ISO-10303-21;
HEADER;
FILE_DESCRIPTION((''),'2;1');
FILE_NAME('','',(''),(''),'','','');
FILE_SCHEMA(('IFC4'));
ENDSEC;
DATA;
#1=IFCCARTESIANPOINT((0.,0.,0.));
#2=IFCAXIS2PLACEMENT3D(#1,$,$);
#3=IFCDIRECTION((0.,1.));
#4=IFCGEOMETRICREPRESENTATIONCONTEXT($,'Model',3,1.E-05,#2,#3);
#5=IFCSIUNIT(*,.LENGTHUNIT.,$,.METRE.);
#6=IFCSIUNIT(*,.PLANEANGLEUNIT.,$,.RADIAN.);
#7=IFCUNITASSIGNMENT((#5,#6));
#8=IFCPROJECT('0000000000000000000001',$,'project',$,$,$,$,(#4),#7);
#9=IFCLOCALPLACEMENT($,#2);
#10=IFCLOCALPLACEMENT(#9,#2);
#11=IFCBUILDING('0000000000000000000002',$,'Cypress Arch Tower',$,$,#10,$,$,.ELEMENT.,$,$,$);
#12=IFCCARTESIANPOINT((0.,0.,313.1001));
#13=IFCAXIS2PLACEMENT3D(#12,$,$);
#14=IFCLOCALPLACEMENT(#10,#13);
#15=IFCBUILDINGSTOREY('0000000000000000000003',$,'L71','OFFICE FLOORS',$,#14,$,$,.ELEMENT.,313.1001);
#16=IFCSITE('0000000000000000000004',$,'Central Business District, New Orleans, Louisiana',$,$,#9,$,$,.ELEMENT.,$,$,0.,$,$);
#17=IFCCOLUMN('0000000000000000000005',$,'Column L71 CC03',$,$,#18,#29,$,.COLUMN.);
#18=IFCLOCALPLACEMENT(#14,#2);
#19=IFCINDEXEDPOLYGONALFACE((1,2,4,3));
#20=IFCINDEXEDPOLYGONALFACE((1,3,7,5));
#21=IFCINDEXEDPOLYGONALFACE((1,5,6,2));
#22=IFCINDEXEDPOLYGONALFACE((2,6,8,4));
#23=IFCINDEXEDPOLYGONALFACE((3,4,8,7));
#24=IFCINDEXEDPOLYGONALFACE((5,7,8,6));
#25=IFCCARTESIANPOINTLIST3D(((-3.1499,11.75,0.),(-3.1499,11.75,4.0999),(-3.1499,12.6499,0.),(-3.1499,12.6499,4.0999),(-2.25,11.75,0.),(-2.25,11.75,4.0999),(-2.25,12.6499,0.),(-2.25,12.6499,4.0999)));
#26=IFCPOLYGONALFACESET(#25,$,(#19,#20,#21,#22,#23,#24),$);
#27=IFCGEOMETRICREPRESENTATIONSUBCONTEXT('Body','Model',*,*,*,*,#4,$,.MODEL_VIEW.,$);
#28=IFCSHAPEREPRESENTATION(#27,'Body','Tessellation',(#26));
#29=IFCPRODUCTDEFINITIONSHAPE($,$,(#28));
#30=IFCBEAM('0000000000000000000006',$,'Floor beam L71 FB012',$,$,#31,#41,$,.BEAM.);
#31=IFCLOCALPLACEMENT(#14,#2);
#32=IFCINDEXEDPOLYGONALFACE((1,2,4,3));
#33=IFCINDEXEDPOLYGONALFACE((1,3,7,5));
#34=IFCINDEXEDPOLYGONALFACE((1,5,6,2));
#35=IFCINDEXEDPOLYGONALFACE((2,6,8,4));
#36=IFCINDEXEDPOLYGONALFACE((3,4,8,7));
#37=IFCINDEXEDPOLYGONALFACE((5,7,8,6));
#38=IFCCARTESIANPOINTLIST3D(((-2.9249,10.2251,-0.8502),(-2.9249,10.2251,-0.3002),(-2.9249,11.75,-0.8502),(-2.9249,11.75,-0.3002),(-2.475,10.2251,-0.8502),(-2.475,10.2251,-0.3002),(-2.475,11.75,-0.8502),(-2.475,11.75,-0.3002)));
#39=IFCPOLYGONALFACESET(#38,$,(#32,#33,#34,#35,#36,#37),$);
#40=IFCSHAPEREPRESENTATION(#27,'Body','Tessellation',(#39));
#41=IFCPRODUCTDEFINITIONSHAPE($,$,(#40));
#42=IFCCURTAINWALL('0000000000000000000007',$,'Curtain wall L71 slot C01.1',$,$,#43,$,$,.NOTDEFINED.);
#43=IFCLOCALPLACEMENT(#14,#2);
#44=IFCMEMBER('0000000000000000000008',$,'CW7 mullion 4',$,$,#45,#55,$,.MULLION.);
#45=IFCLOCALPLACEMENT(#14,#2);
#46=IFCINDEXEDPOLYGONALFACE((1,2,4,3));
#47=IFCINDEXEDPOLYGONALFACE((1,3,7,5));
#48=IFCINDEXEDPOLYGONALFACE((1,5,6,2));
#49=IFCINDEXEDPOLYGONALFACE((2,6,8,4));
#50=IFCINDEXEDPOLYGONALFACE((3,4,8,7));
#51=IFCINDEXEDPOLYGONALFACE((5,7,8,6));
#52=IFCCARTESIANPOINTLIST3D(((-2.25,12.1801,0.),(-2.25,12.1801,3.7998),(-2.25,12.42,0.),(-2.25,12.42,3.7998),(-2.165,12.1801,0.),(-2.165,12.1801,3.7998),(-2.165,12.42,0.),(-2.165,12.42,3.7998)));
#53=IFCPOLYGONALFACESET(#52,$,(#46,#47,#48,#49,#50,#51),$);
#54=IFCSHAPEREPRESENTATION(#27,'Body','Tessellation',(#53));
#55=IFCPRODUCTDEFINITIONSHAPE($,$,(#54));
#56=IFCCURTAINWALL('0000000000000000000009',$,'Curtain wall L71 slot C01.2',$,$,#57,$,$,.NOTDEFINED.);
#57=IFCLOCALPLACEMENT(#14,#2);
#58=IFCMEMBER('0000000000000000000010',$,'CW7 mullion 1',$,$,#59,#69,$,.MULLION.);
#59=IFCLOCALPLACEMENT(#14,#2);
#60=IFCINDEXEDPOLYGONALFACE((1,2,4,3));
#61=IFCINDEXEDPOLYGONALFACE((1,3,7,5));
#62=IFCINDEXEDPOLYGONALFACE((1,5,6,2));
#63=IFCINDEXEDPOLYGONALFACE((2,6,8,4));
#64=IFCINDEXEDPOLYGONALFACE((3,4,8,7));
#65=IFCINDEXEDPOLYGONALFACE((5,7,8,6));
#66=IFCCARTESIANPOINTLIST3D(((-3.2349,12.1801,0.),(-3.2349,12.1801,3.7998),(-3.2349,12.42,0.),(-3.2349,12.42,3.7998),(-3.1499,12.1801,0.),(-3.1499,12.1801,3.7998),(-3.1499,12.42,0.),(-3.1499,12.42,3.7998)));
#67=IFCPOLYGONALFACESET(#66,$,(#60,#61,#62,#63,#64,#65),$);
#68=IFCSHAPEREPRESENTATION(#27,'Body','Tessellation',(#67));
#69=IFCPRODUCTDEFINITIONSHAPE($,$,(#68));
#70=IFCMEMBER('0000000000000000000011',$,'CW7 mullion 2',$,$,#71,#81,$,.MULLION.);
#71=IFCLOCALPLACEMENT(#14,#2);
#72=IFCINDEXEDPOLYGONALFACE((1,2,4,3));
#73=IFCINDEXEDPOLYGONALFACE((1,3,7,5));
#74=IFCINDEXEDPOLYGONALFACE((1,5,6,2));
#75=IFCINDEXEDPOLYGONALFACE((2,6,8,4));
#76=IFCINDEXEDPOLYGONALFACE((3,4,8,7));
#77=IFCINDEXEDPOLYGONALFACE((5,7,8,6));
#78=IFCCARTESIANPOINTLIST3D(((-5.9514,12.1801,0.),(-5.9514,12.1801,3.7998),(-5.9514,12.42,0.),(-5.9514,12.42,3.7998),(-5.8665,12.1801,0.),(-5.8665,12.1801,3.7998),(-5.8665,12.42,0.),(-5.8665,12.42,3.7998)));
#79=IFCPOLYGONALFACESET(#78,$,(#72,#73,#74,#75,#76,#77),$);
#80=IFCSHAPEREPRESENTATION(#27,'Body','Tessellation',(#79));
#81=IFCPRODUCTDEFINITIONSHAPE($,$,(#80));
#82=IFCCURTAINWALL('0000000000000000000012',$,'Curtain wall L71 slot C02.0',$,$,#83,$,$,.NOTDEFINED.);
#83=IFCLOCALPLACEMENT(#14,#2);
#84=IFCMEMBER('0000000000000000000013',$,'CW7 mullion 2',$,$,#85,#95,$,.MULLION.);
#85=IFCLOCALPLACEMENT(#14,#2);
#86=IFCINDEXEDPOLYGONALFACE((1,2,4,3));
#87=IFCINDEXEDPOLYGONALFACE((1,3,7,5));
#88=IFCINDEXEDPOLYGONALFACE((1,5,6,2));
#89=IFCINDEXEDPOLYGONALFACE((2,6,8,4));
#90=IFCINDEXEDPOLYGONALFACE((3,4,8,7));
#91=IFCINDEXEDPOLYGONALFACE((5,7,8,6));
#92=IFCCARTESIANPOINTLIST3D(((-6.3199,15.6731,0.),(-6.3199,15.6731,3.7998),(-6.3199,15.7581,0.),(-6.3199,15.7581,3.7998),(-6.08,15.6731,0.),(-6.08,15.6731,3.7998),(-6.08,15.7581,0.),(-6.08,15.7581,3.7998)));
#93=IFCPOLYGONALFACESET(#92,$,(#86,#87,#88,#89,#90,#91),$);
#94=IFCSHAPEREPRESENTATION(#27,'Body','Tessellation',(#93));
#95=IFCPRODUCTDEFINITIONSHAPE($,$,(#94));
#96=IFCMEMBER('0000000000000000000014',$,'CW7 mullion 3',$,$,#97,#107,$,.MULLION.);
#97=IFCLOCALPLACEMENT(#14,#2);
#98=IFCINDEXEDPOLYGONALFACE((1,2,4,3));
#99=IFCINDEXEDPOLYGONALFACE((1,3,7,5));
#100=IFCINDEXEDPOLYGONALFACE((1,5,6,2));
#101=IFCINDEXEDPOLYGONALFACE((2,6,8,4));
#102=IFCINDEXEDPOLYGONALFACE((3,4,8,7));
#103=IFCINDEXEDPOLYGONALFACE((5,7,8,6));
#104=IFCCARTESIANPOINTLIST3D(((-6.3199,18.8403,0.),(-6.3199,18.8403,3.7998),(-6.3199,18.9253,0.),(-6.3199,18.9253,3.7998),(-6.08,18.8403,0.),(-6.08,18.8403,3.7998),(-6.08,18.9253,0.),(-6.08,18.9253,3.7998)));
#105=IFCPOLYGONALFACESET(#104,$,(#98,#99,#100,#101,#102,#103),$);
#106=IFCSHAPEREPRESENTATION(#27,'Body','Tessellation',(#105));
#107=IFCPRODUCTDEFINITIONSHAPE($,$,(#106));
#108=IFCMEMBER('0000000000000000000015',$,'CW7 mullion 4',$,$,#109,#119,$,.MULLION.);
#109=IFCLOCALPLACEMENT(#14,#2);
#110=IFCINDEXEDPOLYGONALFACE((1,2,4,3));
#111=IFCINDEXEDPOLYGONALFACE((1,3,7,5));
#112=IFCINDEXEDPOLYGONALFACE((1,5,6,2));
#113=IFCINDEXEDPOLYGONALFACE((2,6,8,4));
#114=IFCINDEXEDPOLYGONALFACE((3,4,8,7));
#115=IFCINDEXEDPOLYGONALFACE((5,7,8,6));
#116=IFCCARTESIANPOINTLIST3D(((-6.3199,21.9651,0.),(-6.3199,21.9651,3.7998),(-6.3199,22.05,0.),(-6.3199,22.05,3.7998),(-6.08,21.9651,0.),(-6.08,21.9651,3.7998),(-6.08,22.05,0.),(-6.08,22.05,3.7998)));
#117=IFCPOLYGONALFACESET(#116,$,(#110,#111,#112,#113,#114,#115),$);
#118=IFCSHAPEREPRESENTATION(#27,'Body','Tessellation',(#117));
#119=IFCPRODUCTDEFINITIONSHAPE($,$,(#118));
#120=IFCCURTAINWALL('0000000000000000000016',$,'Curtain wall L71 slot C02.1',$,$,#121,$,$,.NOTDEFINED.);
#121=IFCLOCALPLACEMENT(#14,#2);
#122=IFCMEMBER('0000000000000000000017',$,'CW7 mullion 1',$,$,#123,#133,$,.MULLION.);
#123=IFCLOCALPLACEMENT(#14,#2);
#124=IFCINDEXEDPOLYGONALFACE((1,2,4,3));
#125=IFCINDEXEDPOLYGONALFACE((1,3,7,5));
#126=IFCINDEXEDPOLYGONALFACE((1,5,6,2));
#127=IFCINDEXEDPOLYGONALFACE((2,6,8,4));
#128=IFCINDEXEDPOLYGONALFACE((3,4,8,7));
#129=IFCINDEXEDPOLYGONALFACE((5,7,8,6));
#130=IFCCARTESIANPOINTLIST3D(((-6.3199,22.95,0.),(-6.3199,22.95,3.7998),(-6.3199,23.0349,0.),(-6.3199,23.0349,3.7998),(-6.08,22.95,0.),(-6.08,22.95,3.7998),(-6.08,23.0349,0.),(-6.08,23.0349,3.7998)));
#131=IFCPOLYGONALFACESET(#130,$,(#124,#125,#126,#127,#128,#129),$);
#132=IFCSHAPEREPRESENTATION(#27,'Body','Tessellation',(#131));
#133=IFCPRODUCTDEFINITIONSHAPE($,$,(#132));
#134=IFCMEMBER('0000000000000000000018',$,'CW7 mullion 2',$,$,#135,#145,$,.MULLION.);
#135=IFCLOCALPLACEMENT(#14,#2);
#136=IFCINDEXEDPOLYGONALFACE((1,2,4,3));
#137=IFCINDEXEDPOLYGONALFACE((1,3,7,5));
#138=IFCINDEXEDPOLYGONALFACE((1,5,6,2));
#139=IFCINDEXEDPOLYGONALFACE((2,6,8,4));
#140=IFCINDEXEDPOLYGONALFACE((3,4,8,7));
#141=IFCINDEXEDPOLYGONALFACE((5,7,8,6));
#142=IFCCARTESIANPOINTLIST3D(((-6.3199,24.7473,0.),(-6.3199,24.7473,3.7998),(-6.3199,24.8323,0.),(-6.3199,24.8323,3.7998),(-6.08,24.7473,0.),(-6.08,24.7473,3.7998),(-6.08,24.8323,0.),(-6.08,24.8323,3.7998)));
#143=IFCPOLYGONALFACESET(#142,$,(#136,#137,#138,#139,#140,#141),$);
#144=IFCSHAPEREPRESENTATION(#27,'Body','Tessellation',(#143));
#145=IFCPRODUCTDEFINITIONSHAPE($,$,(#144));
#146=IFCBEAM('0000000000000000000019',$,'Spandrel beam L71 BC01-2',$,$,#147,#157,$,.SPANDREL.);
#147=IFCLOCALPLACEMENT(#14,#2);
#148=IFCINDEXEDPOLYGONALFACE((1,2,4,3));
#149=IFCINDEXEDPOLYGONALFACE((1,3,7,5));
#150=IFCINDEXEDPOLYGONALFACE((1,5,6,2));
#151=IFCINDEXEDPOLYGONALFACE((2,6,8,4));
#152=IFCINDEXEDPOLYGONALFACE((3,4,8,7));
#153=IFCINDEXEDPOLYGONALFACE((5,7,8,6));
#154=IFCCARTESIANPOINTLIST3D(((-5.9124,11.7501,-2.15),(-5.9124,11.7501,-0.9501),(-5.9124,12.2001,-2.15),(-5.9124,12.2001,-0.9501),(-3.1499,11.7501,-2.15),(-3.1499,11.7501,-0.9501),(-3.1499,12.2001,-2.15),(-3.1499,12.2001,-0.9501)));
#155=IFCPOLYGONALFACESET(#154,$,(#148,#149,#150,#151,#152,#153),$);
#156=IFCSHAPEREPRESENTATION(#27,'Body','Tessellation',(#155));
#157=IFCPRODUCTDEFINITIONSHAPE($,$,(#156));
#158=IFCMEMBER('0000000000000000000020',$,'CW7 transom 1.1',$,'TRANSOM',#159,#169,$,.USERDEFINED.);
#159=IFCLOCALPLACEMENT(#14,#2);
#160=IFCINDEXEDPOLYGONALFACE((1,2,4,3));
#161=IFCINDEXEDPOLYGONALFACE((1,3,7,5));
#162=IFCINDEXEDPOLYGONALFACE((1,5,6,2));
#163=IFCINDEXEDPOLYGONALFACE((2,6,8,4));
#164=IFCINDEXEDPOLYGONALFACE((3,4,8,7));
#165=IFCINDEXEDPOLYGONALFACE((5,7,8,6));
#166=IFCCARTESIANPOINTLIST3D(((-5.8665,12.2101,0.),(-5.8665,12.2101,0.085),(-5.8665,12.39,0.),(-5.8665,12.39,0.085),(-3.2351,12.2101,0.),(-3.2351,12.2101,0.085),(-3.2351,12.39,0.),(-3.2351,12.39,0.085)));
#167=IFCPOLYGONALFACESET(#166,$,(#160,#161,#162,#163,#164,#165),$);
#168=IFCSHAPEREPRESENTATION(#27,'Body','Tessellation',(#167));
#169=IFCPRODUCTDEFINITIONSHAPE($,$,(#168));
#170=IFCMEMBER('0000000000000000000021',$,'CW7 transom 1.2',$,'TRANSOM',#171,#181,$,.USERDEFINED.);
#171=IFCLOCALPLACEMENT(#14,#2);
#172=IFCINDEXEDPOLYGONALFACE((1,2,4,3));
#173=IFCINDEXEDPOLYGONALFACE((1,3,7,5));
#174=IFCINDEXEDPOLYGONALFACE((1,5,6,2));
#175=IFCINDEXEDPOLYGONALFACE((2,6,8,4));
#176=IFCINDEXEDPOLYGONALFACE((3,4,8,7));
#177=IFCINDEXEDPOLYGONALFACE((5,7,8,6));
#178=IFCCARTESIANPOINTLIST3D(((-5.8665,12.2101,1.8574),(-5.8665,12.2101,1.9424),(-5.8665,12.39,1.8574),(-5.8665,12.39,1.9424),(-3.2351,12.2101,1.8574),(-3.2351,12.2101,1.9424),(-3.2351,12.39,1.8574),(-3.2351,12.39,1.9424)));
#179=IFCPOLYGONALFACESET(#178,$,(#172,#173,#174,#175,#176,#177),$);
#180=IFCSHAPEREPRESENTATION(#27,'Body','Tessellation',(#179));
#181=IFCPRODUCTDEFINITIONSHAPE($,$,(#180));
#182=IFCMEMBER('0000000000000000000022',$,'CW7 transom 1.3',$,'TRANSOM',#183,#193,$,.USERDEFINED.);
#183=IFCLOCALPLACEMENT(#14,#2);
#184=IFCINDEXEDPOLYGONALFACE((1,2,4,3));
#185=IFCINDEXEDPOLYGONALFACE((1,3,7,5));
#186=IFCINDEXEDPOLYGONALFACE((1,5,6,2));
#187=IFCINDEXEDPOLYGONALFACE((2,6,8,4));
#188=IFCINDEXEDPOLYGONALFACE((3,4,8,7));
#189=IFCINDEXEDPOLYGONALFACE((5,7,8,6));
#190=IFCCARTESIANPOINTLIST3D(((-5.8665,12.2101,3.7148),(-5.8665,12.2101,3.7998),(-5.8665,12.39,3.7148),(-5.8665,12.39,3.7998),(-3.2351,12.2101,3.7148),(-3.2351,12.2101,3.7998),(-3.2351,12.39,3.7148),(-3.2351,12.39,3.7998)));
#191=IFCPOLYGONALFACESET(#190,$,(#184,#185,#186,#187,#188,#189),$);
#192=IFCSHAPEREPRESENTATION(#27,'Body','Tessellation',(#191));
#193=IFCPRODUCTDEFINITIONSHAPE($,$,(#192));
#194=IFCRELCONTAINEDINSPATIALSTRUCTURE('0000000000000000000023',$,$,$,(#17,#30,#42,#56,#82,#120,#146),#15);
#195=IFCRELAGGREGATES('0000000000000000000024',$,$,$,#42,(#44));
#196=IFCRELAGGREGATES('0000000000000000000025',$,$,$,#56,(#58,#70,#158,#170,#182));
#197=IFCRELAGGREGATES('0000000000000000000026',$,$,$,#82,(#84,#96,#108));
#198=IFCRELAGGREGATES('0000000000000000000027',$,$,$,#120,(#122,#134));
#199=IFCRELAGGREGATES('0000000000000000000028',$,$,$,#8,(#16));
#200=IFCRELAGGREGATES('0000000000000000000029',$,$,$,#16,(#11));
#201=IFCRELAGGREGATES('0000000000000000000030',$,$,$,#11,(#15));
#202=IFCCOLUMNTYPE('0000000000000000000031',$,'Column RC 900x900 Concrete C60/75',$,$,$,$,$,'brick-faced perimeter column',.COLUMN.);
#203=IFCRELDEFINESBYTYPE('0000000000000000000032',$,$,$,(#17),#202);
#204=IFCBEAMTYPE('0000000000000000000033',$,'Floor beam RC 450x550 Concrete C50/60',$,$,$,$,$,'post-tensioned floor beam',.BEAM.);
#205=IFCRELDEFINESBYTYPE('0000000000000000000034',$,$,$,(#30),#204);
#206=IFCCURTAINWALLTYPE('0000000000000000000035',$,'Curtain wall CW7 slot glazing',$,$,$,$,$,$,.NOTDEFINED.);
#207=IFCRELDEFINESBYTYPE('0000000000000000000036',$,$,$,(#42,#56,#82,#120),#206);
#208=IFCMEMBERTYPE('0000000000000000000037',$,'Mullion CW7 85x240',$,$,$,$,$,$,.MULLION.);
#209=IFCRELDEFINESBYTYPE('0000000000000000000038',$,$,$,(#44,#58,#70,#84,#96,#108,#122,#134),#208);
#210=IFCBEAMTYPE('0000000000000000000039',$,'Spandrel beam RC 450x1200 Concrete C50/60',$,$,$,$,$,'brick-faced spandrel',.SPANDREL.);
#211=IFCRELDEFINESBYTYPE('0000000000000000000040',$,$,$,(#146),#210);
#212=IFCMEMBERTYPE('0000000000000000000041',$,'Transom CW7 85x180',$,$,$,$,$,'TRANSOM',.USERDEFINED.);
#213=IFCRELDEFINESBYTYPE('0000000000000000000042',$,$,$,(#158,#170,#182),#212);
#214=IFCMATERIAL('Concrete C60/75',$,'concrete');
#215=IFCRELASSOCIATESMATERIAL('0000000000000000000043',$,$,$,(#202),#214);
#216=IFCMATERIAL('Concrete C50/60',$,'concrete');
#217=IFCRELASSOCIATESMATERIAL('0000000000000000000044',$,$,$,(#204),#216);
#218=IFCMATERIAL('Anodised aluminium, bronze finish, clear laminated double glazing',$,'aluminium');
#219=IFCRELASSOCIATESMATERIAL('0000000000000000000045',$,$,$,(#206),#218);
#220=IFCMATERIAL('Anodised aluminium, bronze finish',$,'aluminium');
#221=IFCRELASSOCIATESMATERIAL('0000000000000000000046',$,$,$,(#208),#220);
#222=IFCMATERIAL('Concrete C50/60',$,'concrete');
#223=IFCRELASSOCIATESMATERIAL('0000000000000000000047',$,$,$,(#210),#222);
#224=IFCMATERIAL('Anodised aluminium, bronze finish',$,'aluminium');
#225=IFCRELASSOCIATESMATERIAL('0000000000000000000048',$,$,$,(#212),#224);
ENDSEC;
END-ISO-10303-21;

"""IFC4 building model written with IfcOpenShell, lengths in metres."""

from ifc_helpers import new_model, si_unit, direction, frame, origin, origin_2d, place, context, subcontext, project, spatial, rectangle, extrude, material, material_profile, profile_set, type_object, element, aggregate, save


model = new_model("IFC4")

# Units and contexts
model_context = context("Model", 3, precision=1e-05, world=origin(), true_north=direction((0.0, 1.0)))
body_context = subcontext(model_context, "Body", "Model", "MODEL_VIEW")
ifc_project = project(units=[si_unit("LENGTHUNIT", "METRE"), si_unit("PLANEANGLEUNIT", "RADIAN")], contexts=[model_context])

# Site, building, storey
site_placement = place(None, origin())
site = spatial("IfcSite", under=ifc_project, at=site_placement, Name="Central Business District, New Orleans, Louisiana", CompositionType="ELEMENT", RefElevation=0.0)
building_placement = place(site_placement, origin())
building = spatial("IfcBuilding", under=site, at=building_placement, Name="Cypress Arch Tower", CompositionType="ELEMENT")
storey_placement = place(building_placement, frame((0.0, 0.0, 313.1001)))
storey = spatial("IfcBuildingStorey", under=building, at=storey_placement, Name="L71", Description="OFFICE FLOORS", CompositionType="ELEMENT", Elevation=313.1001)

# Column
ifc_material_1 = material(Name="Concrete C60/75", Category="concrete")
ifc_material_profile_1 = material_profile(ifc_material_1, rectangle(XDim=0.8999, YDim=0.8999, at=origin_2d()), Name="RC 900x900")
ifc_profile_set_1 = profile_set([ifc_material_profile_1], Name="Concrete C60/75")
column_type = type_object("IfcColumnType", Name="Column RC 900x900 Concrete C60/75", ElementType="brick-faced perimeter column", PredefinedType="COLUMN", material=ifc_profile_set_1)
column_placement = place(storey_placement, frame((-2.7, 12.2, 0.0), z_axis=(0.0, 0.0, 1.0), x_axis=(-1.0, 0.0, 0.0)))
element("IfcColumn", 1, at=column_placement, inside=storey, type_object=column_type, Name="Column L71 CC03", PredefinedType="COLUMN", context=body_context, shape_type="SweptSolid", body=[
    extrude(rectangle(XDim=0.8999, YDim=0.8999, at=origin_2d()), origin(), (0.0, 0.0, 1.0), 4.0999),
])

# Beam
ifc_material_2 = material(Name="Concrete C50/60", Category="concrete")
ifc_material_profile_2 = material_profile(ifc_material_2, rectangle(XDim=0.45, YDim=0.55, at=origin_2d()), Name="RC 450x550")
ifc_profile_set_2 = profile_set([ifc_material_profile_2], Name="Concrete C50/60")
beam_type_1 = type_object("IfcBeamType", Name="Floor beam RC 450x550 Concrete C50/60", ElementType="post-tensioned floor beam", PredefinedType="BEAM", material=ifc_profile_set_2)
beam_1_placement = place(storey_placement, frame((-2.7, 10.2251, -0.5752), z_axis=(0.0, 1.0, 0.0), x_axis=(-1.0, 0.0, 0.0)))
element("IfcBeam", 2, at=beam_1_placement, inside=storey, type_object=beam_type_1, Name="Floor beam L71 FB012", PredefinedType="BEAM", context=body_context, shape_type="SweptSolid", body=[
    extrude(rectangle(XDim=0.45, YDim=0.55, at=origin_2d()), origin(), (0.0, 0.0, 1.0), 1.5249),
])

# Curtain wall, member
ifc_material_3 = material(Name="Anodised aluminium, bronze finish, clear laminated double glazing", Category="aluminium")
curtain_wall_type = type_object("IfcCurtainWallType", Name="Curtain wall CW7 slot glazing", PredefinedType="NOTDEFINED", material=ifc_material_3)
curtain_wall_1_placement = place(storey_placement, origin())
curtain_wall_1 = element("IfcCurtainWall", 3, at=curtain_wall_1_placement, inside=storey, type_object=curtain_wall_type, Name="Curtain wall L71 slot C01.1", PredefinedType="NOTDEFINED")
ifc_material_4 = material(Name="Anodised aluminium, bronze finish", Category="aluminium")
ifc_material_profile_3 = material_profile(ifc_material_4, rectangle(XDim=0.24, YDim=0.085, at=origin_2d()), Name="Mullion 85x240")
ifc_profile_set_3 = profile_set([ifc_material_profile_3], Name="Anodised aluminium, bronze finish")
member_type_1 = type_object("IfcMemberType", Name="Mullion CW7 85x240", PredefinedType="MULLION", material=ifc_profile_set_3)
member_1_placement = place(storey_placement, frame((-2.2075, 12.3, 0.0), z_axis=(0.0, 0.0, 1.0), x_axis=(0.0, -1.0, 0.0)))
member_1 = element("IfcMember", 4, at=member_1_placement, type_object=member_type_1, Name="CW7 mullion 4", PredefinedType="MULLION", context=body_context, shape_type="SweptSolid", body=[
    extrude(rectangle(XDim=0.24, YDim=0.085, at=origin_2d()), origin(), (0.0, 0.0, 1.0), 3.7998),
])

# Curtain walls, members
curtain_wall_2_placement = place(storey_placement, origin())
curtain_wall_2 = element("IfcCurtainWall", 5, at=curtain_wall_2_placement, inside=storey, type_object=curtain_wall_type, Name="Curtain wall L71 slot C01.2", PredefinedType="NOTDEFINED")
member_2_placement = place(storey_placement, frame((-3.1924, 12.3, 0.0), z_axis=(0.0, 0.0, 1.0), x_axis=(0.0, -1.0, 0.0)))
member_2 = element("IfcMember", 6, at=member_2_placement, type_object=member_type_1, Name="CW7 mullion 1", PredefinedType="MULLION", context=body_context, shape_type="SweptSolid", body=[
    extrude(rectangle(XDim=0.24, YDim=0.085, at=origin_2d()), origin(), (0.0, 0.0, 1.0), 3.7998),
])
member_3_placement = place(storey_placement, frame((-5.9089, 12.3, 0.0), z_axis=(0.0, 0.0, 1.0), x_axis=(0.0, -1.0, 0.0)))
member_3 = element("IfcMember", 7, at=member_3_placement, type_object=member_type_1, Name="CW7 mullion 2", PredefinedType="MULLION", context=body_context, shape_type="SweptSolid", body=[
    extrude(rectangle(XDim=0.24, YDim=0.085, at=origin_2d()), origin(), (0.0, 0.0, 1.0), 3.7998),
])
curtain_wall_3_placement = place(storey_placement, origin())
curtain_wall_3 = element("IfcCurtainWall", 8, at=curtain_wall_3_placement, inside=storey, type_object=curtain_wall_type, Name="Curtain wall L71 slot C02.0", PredefinedType="NOTDEFINED")
member_4_placement = place(storey_placement, frame((-6.2, 15.7156, 0.0), z_axis=(0.0, 0.0, 1.0), x_axis=(-1.0, 0.0, 0.0)))
member_4 = element("IfcMember", 9, at=member_4_placement, type_object=member_type_1, Name="CW7 mullion 2", PredefinedType="MULLION", context=body_context, shape_type="SweptSolid", body=[
    extrude(rectangle(XDim=0.24, YDim=0.085, at=origin_2d()), origin(), (0.0, 0.0, 1.0), 3.7998),
])
member_5_placement = place(storey_placement, frame((-6.2, 18.8828, 0.0), z_axis=(0.0, 0.0, 1.0), x_axis=(-1.0, 0.0, 0.0)))
member_5 = element("IfcMember", 10, at=member_5_placement, type_object=member_type_1, Name="CW7 mullion 3", PredefinedType="MULLION", context=body_context, shape_type="SweptSolid", body=[
    extrude(rectangle(XDim=0.24, YDim=0.085, at=origin_2d()), origin(), (0.0, 0.0, 1.0), 3.7998),
])
member_6_placement = place(storey_placement, frame((-6.2, 22.0076, 0.0), z_axis=(0.0, 0.0, 1.0), x_axis=(-1.0, 0.0, 0.0)))
member_6 = element("IfcMember", 11, at=member_6_placement, type_object=member_type_1, Name="CW7 mullion 4", PredefinedType="MULLION", context=body_context, shape_type="SweptSolid", body=[
    extrude(rectangle(XDim=0.24, YDim=0.085, at=origin_2d()), origin(), (0.0, 0.0, 1.0), 3.7998),
])
curtain_wall_4_placement = place(storey_placement, origin())
curtain_wall_4 = element("IfcCurtainWall", 12, at=curtain_wall_4_placement, inside=storey, type_object=curtain_wall_type, Name="Curtain wall L71 slot C02.1", PredefinedType="NOTDEFINED")
member_7_placement = place(storey_placement, frame((-6.2, 22.9924, 0.0), z_axis=(0.0, 0.0, 1.0), x_axis=(-1.0, 0.0, 0.0)))
member_7 = element("IfcMember", 13, at=member_7_placement, type_object=member_type_1, Name="CW7 mullion 1", PredefinedType="MULLION", context=body_context, shape_type="SweptSolid", body=[
    extrude(rectangle(XDim=0.24, YDim=0.085, at=origin_2d()), origin(), (0.0, 0.0, 1.0), 3.7998),
])
member_8_placement = place(storey_placement, frame((-6.2, 24.7898, 0.0), z_axis=(0.0, 0.0, 1.0), x_axis=(-1.0, 0.0, 0.0)))
member_8 = element("IfcMember", 14, at=member_8_placement, type_object=member_type_1, Name="CW7 mullion 2", PredefinedType="MULLION", context=body_context, shape_type="SweptSolid", body=[
    extrude(rectangle(XDim=0.24, YDim=0.085, at=origin_2d()), origin(), (0.0, 0.0, 1.0), 3.7998),
])

# Beam
ifc_material_5 = material(Name="Concrete C50/60", Category="concrete")
ifc_material_profile_4 = material_profile(ifc_material_5, rectangle(XDim=0.45, YDim=1.2, at=origin_2d()), Name="RC 450x1200")
ifc_profile_set_4 = profile_set([ifc_material_profile_4], Name="Concrete C50/60")
beam_type_2 = type_object("IfcBeamType", Name="Spandrel beam RC 450x1200 Concrete C50/60", ElementType="brick-faced spandrel", PredefinedType="SPANDREL", material=ifc_profile_set_4)
beam_2_placement = place(storey_placement, frame((-3.1499, 11.9751, -1.55), z_axis=(-1.0, 0.0, 0.0), x_axis=(0.0, -1.0, 0.0)))
element("IfcBeam", 15, at=beam_2_placement, inside=storey, type_object=beam_type_2, Name="Spandrel beam L71 BC01-2", PredefinedType="SPANDREL", context=body_context, shape_type="SweptSolid", body=[
    extrude(rectangle(XDim=0.45, YDim=1.2, at=origin_2d()), origin(), (0.0, 0.0, 1.0), 2.7625),
])

# Members
ifc_material_6 = material(Name="Anodised aluminium, bronze finish", Category="aluminium")
ifc_material_profile_5 = material_profile(ifc_material_6, rectangle(XDim=0.1799, YDim=0.085, at=origin_2d()), Name="Transom 85x180")
ifc_profile_set_5 = profile_set([ifc_material_profile_5], Name="Anodised aluminium, bronze finish")
member_type_2 = type_object("IfcMemberType", Name="Transom CW7 85x180", ElementType="TRANSOM", PredefinedType="USERDEFINED", material=ifc_profile_set_5)
member_9_placement = place(storey_placement, frame((-3.2351, 12.3, 0.0425), z_axis=(-1.0, 0.0, 0.0), x_axis=(0.0, -1.0, 0.0)))
member_9 = element("IfcMember", 16, at=member_9_placement, type_object=member_type_2, Name="CW7 transom 1.1", ObjectType="TRANSOM", PredefinedType="USERDEFINED", context=body_context, shape_type="SweptSolid", body=[
    extrude(rectangle(XDim=0.1799, YDim=0.085, at=origin_2d()), origin(), (0.0, 0.0, 1.0), 2.6313),
])
member_10_placement = place(storey_placement, frame((-3.2351, 12.3, 1.8999), z_axis=(-1.0, 0.0, 0.0), x_axis=(0.0, -1.0, 0.0)))
member_10 = element("IfcMember", 17, at=member_10_placement, type_object=member_type_2, Name="CW7 transom 1.2", ObjectType="TRANSOM", PredefinedType="USERDEFINED", context=body_context, shape_type="SweptSolid", body=[
    extrude(rectangle(XDim=0.1799, YDim=0.085, at=origin_2d()), origin(), (0.0, 0.0, 1.0), 2.6313),
])
member_11_placement = place(storey_placement, frame((-3.2351, 12.3, 3.7573), z_axis=(-1.0, 0.0, 0.0), x_axis=(0.0, -1.0, 0.0)))
member_11 = element("IfcMember", 18, at=member_11_placement, type_object=member_type_2, Name="CW7 transom 1.3", ObjectType="TRANSOM", PredefinedType="USERDEFINED", context=body_context, shape_type="SweptSolid", body=[
    extrude(rectangle(XDim=0.1799, YDim=0.085, at=origin_2d()), origin(), (0.0, 0.0, 1.0), 2.6313),
])

aggregate(curtain_wall_1, [member_1])
aggregate(curtain_wall_2, [member_2, member_3, member_9, member_10, member_11])
aggregate(curtain_wall_3, [member_4, member_5, member_6])
aggregate(curtain_wall_4, [member_7, member_8])

save(model, "model.ifc")
